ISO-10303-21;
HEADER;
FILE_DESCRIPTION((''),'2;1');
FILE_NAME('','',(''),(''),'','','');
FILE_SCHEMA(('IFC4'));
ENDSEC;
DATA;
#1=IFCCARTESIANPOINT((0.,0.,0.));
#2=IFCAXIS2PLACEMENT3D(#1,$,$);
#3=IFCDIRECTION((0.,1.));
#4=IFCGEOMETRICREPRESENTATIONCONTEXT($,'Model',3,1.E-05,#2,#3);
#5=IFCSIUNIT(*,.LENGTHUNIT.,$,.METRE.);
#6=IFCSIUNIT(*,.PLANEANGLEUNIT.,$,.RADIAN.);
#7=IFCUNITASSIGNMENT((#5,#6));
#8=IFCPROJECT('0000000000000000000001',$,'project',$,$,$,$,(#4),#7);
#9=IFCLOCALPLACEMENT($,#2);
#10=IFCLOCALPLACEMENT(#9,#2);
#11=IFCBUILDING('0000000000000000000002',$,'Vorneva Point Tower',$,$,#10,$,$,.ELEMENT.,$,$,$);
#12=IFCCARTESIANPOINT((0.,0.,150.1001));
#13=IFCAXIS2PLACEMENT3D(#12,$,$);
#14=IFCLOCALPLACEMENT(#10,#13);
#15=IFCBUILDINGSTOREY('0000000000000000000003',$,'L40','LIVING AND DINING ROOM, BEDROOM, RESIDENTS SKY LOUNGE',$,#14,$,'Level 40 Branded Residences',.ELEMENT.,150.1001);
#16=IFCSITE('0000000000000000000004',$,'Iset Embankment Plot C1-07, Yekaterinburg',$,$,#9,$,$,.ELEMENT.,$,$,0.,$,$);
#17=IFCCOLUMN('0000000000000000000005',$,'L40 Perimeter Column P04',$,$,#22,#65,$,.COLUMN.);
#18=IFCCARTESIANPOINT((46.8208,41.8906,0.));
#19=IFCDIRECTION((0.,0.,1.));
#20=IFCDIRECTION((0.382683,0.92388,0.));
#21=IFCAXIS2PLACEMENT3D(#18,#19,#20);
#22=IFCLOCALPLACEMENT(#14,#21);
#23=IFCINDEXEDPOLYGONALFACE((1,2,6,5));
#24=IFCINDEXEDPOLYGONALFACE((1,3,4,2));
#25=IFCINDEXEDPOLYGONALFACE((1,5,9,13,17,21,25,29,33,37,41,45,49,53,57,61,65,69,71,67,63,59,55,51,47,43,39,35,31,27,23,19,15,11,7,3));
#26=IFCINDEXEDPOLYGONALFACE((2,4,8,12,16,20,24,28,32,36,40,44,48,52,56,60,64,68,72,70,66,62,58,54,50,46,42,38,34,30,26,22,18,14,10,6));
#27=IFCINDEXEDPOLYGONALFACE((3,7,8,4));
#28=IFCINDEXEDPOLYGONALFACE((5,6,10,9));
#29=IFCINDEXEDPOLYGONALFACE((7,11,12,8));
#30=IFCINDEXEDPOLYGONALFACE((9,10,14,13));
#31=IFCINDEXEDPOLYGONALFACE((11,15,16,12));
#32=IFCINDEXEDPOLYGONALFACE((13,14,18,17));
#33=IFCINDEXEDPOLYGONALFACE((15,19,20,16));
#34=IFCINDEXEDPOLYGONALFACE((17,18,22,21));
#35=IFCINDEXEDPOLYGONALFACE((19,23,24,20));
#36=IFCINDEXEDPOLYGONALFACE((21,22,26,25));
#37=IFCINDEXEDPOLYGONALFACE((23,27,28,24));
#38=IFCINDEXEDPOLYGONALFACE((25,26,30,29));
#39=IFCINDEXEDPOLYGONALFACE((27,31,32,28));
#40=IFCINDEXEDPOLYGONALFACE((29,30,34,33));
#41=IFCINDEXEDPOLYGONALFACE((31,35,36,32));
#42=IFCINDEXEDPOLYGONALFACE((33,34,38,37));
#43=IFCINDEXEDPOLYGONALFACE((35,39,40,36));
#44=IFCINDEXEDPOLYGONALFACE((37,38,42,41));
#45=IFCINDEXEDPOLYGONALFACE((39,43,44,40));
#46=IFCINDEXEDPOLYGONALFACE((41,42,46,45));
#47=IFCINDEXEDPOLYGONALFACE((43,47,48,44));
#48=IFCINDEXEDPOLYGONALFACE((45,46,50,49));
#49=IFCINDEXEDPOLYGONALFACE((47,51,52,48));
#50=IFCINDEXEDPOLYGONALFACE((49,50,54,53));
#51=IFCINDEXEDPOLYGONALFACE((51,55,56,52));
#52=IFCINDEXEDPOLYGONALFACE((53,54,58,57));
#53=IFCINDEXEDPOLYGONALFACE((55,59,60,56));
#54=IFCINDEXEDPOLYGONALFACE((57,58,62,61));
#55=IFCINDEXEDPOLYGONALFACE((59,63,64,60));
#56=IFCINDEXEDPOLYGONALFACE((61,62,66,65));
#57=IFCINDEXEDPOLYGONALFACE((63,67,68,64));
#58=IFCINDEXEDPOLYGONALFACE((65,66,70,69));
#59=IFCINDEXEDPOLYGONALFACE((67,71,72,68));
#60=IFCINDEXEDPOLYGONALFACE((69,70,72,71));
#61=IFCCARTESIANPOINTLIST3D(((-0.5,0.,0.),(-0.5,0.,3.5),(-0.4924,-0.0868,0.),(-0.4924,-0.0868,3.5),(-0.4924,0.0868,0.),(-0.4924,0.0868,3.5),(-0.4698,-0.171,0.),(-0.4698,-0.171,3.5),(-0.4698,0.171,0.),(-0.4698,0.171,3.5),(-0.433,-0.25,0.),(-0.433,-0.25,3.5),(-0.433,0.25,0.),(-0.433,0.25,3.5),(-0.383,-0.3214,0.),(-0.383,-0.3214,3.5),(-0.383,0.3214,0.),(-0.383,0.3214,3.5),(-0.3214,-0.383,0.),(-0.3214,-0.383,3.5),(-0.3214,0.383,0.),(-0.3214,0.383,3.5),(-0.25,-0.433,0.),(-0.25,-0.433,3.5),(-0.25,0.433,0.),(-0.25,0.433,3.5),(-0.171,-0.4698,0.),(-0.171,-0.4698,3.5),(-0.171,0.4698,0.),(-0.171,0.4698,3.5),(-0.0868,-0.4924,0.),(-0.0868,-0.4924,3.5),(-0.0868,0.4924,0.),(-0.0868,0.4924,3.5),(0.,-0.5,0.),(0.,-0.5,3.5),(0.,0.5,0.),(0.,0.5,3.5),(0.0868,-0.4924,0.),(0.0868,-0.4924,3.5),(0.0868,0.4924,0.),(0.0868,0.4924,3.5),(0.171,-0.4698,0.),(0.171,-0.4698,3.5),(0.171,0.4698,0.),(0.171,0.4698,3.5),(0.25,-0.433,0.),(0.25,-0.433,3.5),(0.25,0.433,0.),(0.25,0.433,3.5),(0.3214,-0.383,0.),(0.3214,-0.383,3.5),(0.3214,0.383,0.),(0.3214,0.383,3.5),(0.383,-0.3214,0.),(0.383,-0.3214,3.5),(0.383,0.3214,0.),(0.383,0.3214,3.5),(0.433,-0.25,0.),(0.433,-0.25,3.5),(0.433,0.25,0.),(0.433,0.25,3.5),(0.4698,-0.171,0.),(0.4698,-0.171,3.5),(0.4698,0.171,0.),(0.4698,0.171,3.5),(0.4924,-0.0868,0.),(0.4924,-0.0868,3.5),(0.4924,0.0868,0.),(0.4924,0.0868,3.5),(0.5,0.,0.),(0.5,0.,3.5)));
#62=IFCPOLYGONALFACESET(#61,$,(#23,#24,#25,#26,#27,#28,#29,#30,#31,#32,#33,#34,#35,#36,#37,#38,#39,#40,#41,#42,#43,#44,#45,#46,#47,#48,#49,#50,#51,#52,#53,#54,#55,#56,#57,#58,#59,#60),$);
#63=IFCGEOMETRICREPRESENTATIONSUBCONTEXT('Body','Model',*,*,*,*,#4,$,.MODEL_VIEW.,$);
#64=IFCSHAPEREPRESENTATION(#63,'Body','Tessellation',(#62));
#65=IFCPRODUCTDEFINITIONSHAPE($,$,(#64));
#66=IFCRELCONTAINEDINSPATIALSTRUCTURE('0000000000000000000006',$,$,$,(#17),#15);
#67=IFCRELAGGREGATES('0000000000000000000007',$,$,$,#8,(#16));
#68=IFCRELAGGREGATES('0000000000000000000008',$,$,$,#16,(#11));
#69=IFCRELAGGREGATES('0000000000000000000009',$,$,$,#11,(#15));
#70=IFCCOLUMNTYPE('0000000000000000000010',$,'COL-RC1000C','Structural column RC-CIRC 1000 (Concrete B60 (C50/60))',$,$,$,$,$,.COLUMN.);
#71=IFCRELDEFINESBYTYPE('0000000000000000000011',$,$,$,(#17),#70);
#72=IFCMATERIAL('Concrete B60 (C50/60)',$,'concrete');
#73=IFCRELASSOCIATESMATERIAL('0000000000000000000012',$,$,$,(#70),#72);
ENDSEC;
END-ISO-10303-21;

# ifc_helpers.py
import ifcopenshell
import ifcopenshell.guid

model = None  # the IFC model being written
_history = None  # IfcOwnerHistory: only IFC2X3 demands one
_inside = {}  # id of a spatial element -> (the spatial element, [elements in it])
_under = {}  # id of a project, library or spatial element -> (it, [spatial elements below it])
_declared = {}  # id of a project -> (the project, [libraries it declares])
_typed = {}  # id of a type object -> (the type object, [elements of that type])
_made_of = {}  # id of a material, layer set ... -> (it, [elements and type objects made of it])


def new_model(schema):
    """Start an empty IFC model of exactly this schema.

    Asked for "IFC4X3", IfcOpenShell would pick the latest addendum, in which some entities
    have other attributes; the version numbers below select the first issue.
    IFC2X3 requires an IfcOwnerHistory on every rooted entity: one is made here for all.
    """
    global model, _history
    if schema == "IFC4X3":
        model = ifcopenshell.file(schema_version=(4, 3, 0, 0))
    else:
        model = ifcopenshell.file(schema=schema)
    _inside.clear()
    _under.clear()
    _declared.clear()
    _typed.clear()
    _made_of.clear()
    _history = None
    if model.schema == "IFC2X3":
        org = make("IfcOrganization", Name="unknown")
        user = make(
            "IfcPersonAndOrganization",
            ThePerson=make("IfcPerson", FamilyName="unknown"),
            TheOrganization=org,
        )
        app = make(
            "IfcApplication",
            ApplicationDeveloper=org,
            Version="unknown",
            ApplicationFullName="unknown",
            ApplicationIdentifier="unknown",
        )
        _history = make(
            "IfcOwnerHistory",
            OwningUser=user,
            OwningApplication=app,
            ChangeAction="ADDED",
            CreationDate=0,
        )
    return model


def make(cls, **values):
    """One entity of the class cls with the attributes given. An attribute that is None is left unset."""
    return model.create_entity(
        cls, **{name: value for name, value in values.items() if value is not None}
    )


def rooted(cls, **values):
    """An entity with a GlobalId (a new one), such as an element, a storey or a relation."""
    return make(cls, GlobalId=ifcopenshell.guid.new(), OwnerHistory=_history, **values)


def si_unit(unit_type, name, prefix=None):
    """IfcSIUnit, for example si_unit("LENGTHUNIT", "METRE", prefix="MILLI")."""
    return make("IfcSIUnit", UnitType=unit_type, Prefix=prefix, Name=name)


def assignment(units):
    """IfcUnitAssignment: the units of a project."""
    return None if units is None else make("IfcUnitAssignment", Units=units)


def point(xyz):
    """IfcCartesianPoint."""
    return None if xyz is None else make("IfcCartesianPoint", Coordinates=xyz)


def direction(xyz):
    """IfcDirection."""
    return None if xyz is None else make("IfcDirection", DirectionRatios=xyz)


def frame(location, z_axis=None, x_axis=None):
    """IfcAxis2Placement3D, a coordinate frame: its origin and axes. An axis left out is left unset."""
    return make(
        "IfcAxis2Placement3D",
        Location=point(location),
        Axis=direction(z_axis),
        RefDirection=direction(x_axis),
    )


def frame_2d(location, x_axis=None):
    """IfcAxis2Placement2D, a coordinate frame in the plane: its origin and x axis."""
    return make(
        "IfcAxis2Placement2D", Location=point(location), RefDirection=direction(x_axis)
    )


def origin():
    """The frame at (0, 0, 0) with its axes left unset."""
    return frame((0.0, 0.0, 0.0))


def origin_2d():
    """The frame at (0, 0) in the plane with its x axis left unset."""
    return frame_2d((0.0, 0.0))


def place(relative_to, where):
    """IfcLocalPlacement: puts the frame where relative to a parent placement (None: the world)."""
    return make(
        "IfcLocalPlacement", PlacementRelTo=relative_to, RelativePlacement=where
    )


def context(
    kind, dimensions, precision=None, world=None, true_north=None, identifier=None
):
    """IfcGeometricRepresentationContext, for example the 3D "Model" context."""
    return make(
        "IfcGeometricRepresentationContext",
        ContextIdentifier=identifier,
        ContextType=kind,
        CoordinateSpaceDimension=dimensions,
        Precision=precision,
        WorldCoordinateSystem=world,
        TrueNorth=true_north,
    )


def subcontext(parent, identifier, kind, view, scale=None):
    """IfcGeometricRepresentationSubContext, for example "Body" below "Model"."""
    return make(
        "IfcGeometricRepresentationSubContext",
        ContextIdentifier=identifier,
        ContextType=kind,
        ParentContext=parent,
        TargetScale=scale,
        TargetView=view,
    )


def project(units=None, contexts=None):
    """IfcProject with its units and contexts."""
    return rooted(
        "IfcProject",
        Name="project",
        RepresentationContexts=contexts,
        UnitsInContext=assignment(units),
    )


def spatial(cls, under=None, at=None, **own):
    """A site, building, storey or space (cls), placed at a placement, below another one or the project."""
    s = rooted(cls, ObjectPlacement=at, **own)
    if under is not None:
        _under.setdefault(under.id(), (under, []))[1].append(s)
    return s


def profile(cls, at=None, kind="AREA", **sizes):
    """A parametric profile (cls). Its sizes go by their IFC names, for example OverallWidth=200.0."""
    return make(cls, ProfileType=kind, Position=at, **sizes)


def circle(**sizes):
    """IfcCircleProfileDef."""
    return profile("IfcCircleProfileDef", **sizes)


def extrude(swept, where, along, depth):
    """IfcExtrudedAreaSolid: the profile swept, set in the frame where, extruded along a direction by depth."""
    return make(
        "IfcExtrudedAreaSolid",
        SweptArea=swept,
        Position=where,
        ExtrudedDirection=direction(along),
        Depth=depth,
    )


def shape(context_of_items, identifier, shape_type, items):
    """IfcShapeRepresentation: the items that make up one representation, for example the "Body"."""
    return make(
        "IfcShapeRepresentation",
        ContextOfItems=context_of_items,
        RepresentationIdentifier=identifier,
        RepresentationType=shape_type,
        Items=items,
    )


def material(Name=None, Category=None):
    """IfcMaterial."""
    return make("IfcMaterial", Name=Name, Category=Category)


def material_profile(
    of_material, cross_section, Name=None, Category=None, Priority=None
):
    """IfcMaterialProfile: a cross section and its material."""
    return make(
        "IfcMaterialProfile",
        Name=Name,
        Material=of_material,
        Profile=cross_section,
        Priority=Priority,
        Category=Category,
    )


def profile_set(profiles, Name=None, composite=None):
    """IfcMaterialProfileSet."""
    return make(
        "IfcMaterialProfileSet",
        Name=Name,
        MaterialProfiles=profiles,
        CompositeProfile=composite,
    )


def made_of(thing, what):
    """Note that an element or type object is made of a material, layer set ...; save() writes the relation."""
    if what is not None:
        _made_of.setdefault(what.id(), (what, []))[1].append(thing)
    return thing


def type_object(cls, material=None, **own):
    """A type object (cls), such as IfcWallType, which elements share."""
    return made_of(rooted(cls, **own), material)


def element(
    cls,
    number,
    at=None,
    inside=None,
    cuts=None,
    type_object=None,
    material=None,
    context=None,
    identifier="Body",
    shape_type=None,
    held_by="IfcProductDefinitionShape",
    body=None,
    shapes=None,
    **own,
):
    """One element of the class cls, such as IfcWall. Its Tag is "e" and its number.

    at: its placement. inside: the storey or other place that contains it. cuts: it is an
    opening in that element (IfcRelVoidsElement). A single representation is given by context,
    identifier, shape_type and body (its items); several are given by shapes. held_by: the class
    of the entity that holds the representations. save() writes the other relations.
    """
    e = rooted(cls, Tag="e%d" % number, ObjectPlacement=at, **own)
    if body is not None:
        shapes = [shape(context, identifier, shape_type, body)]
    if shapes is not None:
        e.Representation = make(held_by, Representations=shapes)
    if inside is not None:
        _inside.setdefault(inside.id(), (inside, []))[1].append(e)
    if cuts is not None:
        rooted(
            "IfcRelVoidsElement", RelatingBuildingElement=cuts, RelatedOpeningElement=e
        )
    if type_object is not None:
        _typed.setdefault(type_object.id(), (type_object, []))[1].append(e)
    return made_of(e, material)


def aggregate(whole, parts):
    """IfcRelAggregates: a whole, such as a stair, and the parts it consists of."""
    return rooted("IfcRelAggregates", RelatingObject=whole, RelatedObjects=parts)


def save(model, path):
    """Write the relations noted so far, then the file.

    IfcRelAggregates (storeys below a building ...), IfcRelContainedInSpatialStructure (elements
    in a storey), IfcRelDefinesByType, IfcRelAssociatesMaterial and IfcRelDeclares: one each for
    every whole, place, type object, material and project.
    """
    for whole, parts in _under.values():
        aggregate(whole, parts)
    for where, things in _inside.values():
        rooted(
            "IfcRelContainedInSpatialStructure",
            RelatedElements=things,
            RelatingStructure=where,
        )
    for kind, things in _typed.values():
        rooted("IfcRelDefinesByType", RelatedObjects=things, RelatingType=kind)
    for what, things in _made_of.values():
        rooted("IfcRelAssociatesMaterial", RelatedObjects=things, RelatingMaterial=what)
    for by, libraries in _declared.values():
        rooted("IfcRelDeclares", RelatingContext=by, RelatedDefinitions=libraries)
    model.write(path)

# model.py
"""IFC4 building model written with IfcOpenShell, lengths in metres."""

from ifc_helpers import new_model, si_unit, direction, frame, origin, origin_2d, place, context, subcontext, project, spatial, circle, extrude, material, material_profile, profile_set, type_object, element, save


model = new_model("IFC4")

# Units and contexts
model_context = context("Model", 3, precision=1e-05, world=origin(), true_north=direction((0.0, 1.0)))
body_context = subcontext(model_context, "Body", "Model", "MODEL_VIEW")
ifc_project = project(units=[si_unit("LENGTHUNIT", "METRE"), si_unit("PLANEANGLEUNIT", "RADIAN")], contexts=[model_context])

# Site, building, storey
site_placement = place(None, origin())
site = spatial("IfcSite", under=ifc_project, at=site_placement, Name="Iset Embankment Plot C1-07, Yekaterinburg", CompositionType="ELEMENT", RefElevation=0.0)
building_placement = place(site_placement, origin())
building = spatial("IfcBuilding", under=site, at=building_placement, Name="Vorneva Point Tower", CompositionType="ELEMENT")
storey_placement = place(building_placement, frame((0.0, 0.0, 150.1001)))
storey = spatial("IfcBuildingStorey", under=building, at=storey_placement, Name="L40", Description="LIVING AND DINING ROOM, BEDROOM, RESIDENTS SKY LOUNGE", LongName="Level 40 Branded Residences", CompositionType="ELEMENT", Elevation=150.1001)

# Column
ifc_material_1 = material(Name="Concrete B60 (C50/60)", Category="concrete")
ifc_material_profile_1 = material_profile(ifc_material_1, circle(Radius=0.5, at=origin_2d()), Name="RC-CIRC 1000")
ifc_profile_set_1 = profile_set([ifc_material_profile_1], Name="Concrete B60 (C50/60)")
column_type = type_object("IfcColumnType", Name="COL-RC1000C", Description="Structural column RC-CIRC 1000 (Concrete B60 (C50/60))", PredefinedType="COLUMN", material=ifc_profile_set_1)
column_placement = place(storey_placement, frame((46.8208, 41.8906, 0.0), z_axis=(0.0, 0.0, 1.0), x_axis=(0.382683, 0.92388, 0.0)))
element("IfcColumn", 1, at=column_placement, inside=storey, type_object=column_type, Name="L40 Perimeter Column P04", PredefinedType="COLUMN", context=body_context, shape_type="SweptSolid", body=[
    extrude(circle(Radius=0.5, at=origin_2d()), origin(), (0.0, 0.0, 1.0), 3.5),
])

save(model, "model.ifc")
